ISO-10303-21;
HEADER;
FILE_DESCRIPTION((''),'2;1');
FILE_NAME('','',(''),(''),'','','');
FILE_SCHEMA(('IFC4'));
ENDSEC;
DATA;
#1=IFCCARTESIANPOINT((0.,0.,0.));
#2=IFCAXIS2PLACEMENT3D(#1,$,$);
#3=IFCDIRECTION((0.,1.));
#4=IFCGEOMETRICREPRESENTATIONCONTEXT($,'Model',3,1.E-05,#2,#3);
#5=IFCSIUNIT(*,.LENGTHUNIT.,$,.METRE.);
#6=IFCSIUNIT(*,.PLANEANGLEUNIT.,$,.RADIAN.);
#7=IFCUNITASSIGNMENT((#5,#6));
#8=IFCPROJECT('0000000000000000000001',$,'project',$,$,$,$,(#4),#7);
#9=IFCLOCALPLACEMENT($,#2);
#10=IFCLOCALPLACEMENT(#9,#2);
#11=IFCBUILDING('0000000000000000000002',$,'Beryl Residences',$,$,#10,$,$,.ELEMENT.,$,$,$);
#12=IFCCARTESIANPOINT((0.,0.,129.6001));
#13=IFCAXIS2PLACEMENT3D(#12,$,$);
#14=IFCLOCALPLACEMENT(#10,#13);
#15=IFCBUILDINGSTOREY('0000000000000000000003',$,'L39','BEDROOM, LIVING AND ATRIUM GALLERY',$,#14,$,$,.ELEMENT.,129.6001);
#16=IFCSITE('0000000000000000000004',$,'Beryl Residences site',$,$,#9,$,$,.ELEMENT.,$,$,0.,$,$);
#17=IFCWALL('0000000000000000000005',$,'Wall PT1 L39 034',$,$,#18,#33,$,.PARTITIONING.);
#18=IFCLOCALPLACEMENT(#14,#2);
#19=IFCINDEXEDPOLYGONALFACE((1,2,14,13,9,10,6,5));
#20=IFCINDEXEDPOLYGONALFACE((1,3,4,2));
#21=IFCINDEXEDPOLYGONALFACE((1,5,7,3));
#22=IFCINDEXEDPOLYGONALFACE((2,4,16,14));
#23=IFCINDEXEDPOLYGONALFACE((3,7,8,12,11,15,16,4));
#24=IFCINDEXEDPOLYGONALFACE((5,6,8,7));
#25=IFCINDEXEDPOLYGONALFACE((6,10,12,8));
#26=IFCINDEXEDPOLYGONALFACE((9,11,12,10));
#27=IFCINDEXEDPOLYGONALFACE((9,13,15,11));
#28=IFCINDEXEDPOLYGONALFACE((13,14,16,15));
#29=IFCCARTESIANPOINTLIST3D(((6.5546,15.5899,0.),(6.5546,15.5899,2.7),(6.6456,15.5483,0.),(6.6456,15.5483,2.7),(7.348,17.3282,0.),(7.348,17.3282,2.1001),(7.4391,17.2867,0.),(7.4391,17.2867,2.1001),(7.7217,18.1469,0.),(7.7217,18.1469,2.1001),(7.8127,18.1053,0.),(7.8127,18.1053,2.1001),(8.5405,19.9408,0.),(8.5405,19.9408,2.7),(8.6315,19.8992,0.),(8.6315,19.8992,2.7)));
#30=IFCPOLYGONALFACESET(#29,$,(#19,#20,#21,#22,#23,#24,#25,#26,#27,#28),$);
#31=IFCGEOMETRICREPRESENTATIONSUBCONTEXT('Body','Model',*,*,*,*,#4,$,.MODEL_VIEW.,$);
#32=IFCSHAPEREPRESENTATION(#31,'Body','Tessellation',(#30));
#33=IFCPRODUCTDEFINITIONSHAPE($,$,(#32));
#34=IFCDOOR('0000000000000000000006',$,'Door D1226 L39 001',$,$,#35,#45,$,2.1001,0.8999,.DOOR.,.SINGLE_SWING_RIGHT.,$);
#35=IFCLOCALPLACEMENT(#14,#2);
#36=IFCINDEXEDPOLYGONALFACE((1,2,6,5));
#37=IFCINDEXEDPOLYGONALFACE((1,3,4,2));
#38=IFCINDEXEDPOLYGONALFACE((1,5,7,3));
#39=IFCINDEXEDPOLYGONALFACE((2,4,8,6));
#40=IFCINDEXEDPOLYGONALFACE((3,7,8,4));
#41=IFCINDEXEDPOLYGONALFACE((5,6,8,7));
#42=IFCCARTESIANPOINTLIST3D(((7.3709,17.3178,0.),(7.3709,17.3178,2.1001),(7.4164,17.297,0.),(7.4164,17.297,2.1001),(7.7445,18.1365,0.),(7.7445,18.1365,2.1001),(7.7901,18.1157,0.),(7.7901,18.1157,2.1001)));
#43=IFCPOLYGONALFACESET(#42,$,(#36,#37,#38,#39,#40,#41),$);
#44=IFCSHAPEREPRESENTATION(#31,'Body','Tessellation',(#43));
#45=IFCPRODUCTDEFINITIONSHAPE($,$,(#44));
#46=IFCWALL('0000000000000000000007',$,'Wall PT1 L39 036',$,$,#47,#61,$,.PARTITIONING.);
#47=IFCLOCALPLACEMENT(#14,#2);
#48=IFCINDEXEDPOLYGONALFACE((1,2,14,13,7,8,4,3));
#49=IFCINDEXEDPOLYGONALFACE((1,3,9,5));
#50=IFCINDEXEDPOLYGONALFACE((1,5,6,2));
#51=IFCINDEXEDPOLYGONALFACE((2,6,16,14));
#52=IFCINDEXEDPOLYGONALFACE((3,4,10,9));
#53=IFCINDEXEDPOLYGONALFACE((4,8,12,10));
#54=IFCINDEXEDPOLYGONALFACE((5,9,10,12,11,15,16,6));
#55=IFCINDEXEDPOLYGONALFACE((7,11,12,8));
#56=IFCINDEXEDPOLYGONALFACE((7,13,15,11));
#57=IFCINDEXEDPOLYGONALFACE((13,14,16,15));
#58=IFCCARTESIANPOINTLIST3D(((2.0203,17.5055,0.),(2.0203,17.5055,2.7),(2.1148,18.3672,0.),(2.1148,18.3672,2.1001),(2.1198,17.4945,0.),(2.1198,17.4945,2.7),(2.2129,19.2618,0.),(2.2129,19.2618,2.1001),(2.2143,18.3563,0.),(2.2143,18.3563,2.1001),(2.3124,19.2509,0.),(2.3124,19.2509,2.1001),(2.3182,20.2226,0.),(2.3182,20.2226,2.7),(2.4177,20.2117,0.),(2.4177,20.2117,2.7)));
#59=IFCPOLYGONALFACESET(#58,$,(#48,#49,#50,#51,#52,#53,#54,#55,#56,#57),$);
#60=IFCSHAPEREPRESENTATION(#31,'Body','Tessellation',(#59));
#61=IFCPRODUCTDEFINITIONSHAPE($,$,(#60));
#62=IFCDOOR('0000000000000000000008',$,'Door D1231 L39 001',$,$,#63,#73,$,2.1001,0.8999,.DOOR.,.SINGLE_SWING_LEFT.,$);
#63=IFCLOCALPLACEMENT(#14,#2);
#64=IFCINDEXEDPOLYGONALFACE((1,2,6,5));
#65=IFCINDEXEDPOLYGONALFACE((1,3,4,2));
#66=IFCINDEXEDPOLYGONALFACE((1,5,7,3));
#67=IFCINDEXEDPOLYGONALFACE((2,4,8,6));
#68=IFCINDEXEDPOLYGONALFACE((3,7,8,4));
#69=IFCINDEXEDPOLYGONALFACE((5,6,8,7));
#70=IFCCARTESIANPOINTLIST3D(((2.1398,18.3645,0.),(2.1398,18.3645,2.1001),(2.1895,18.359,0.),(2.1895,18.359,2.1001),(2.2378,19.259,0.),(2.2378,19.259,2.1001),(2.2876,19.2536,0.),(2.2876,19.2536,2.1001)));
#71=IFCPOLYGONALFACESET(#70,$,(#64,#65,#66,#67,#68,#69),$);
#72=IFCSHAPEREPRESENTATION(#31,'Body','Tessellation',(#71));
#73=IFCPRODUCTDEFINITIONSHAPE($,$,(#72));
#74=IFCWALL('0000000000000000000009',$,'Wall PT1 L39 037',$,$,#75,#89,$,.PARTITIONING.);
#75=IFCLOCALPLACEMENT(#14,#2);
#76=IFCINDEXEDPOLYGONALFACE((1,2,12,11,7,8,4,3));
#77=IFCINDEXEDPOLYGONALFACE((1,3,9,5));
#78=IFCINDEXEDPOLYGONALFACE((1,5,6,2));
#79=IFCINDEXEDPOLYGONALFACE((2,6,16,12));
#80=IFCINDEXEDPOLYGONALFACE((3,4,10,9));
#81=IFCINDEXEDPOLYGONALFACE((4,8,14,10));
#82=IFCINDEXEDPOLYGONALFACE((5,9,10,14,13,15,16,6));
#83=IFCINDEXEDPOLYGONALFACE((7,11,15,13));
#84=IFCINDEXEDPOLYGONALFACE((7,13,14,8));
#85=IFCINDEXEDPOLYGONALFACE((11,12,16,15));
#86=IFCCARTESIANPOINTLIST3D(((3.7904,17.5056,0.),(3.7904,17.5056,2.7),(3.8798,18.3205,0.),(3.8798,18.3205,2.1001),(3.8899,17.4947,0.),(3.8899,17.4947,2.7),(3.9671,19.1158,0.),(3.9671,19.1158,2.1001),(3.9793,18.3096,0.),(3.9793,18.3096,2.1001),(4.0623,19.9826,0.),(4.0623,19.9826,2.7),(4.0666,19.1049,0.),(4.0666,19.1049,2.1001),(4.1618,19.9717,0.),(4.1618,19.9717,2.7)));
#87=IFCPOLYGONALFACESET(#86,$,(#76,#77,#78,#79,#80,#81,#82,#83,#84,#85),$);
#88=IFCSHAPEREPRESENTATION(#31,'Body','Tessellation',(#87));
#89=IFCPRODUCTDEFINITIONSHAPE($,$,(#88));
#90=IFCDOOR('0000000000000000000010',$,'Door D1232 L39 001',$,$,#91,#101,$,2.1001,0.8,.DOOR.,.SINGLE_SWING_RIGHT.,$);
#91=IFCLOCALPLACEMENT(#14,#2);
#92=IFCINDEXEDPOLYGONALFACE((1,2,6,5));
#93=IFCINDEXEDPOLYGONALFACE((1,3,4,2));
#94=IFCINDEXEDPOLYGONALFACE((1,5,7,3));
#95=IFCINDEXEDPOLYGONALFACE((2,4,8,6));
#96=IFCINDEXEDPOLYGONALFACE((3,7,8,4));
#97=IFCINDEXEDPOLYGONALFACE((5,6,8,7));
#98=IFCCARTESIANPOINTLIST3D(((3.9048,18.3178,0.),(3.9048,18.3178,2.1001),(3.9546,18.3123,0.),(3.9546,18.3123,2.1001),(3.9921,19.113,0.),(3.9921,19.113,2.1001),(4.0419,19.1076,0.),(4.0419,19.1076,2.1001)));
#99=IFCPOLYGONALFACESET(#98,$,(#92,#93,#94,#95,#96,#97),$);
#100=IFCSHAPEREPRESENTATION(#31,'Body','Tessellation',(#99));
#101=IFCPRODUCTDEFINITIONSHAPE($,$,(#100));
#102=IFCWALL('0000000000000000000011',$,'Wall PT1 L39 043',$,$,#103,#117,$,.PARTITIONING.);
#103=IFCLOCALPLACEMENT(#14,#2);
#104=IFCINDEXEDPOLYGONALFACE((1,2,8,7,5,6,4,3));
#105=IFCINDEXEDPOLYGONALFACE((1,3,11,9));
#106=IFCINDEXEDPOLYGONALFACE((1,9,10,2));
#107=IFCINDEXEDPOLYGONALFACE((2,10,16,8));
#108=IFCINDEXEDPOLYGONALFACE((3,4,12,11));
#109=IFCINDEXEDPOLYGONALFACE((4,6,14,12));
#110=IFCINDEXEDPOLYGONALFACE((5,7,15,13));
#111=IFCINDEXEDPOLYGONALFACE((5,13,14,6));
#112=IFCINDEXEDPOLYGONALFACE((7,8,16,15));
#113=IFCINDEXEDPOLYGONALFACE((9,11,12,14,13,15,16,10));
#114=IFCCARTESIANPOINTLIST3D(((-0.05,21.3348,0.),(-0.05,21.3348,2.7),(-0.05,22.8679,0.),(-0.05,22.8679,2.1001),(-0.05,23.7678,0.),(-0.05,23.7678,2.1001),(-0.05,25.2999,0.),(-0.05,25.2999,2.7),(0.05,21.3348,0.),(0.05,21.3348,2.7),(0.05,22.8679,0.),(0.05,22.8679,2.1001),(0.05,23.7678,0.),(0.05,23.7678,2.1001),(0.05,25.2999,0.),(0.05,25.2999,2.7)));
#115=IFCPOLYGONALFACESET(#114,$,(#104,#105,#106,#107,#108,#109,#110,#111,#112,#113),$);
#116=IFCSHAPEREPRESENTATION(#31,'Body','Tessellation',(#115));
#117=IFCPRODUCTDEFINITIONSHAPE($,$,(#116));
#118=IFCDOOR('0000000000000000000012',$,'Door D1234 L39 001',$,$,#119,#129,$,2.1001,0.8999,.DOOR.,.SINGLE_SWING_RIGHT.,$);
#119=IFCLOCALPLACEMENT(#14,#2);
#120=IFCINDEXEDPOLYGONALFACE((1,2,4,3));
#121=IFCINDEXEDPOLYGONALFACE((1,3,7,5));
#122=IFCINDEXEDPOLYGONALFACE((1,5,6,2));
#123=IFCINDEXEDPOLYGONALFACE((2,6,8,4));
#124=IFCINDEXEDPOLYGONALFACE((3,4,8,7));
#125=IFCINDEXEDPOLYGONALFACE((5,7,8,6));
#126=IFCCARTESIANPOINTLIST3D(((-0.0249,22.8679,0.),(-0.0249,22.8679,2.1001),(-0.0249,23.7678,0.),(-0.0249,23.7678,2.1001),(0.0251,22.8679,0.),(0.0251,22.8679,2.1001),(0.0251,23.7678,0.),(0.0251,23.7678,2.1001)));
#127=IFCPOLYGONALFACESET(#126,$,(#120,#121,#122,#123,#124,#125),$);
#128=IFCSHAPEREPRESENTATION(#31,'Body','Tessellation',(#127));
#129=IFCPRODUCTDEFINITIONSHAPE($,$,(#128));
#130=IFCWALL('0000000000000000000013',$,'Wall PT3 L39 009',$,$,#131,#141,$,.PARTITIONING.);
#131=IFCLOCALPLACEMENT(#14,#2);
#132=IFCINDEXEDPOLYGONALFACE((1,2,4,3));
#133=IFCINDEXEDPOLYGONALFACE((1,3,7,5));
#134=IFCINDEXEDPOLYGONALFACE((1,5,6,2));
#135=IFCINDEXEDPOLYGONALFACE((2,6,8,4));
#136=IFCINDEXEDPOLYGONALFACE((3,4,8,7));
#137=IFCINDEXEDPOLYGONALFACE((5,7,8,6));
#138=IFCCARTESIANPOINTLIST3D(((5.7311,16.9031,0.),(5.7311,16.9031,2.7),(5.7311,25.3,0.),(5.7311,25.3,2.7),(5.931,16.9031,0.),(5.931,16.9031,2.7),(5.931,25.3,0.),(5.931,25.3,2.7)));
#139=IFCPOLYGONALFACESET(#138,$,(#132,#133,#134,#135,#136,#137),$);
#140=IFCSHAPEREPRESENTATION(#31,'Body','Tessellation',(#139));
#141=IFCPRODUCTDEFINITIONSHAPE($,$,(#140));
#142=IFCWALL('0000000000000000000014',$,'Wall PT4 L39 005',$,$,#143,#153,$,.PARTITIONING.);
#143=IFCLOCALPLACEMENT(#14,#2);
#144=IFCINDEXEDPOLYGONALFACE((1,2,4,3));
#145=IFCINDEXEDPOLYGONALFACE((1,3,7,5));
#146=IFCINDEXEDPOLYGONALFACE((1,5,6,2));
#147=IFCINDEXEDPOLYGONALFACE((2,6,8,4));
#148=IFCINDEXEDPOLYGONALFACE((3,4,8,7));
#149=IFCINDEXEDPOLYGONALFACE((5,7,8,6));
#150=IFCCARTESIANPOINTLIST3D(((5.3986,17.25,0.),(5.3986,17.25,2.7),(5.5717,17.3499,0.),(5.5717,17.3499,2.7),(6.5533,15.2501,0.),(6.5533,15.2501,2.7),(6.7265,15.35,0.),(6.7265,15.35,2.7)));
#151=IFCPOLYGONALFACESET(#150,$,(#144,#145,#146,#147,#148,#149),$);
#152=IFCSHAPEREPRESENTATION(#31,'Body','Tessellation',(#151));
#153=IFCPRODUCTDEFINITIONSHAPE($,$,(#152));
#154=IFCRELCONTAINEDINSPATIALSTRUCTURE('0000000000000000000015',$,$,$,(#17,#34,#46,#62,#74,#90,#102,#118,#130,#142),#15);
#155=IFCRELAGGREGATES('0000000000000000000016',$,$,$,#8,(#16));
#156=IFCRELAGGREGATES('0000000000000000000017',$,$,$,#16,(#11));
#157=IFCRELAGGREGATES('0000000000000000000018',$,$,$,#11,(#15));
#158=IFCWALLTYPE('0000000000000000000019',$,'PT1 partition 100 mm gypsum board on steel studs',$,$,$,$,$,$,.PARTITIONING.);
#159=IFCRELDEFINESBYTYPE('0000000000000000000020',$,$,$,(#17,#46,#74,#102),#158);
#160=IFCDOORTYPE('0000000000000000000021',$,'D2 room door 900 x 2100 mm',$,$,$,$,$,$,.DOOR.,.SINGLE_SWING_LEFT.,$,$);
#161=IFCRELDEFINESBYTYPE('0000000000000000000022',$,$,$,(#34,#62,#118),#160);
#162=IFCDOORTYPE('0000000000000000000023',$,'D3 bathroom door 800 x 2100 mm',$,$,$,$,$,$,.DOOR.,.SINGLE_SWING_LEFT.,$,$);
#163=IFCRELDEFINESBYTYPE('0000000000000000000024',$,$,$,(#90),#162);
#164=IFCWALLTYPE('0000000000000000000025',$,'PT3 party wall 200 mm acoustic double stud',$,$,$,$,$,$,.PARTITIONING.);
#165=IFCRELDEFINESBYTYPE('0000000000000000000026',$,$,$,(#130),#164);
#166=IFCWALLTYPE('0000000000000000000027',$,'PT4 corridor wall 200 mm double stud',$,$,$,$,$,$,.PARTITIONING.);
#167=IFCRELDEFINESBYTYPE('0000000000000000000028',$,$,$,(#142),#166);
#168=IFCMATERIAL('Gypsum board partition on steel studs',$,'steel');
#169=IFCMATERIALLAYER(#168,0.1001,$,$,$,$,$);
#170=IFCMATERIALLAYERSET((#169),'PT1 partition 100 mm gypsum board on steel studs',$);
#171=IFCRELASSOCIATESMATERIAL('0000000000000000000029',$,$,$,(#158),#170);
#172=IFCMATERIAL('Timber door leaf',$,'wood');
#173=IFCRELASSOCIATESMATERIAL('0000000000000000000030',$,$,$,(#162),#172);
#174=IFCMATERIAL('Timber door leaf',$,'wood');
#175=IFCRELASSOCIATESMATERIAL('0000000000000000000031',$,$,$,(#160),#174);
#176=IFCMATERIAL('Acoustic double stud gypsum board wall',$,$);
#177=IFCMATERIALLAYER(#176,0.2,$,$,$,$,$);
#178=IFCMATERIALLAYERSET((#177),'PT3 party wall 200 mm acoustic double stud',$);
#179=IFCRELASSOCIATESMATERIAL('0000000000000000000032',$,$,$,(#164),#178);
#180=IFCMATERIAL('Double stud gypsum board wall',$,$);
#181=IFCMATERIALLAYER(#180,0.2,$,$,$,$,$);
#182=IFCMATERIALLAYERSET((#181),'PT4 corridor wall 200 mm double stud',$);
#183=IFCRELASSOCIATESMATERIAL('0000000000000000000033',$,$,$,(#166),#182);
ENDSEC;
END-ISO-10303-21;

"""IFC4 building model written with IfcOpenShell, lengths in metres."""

from ifc_helpers import new_model, si_unit, direction, frame, frame_2d, origin, place, context, subcontext, project, spatial, rectangle, extrude, material, layer, layer_set, type_object, element, fill, save


model = new_model("IFC4")

# Units and contexts
model_context = context("Model", 3, precision=1e-05, world=origin(), true_north=direction((0.0, 1.0)))
body_context = subcontext(model_context, "Body", "Model", "MODEL_VIEW")
ifc_project = project(units=[si_unit("LENGTHUNIT", "METRE"), si_unit("PLANEANGLEUNIT", "RADIAN")], contexts=[model_context])

# Site, building, storey
site_placement = place(None, origin())
site = spatial("IfcSite", under=ifc_project, at=site_placement, Name="Beryl Residences site", CompositionType="ELEMENT", RefElevation=0.0)
building_placement = place(site_placement, origin())
building = spatial("IfcBuilding", under=site, at=building_placement, Name="Beryl Residences", CompositionType="ELEMENT")
storey_placement = place(building_placement, frame((0.0, 0.0, 129.6001)))
storey = spatial("IfcBuildingStorey", under=building, at=storey_placement, Name="L39", Description="BEDROOM, LIVING AND ATRIUM GALLERY", CompositionType="ELEMENT", Elevation=129.6001)

# Shared definitions
ifc_material_1 = material(Name="Gypsum board partition on steel studs", Category="steel")
ifc_layer_1 = layer(ifc_material_1, 0.1001)
ifc_layer_set_1 = layer_set([ifc_layer_1], Name="PT1 partition 100 mm gypsum board on steel studs")
wall_type_1 = type_object("IfcWallType", Name="PT1 partition 100 mm gypsum board on steel studs", PredefinedType="PARTITIONING", material=ifc_layer_set_1)

# Shared definitions
ifc_material_2 = material(Name="Timber door leaf", Category="wood")
door_type_1 = type_object("IfcDoorType", Name="D3 bathroom door 800 x 2100 mm", OperationType="SINGLE_SWING_LEFT", PredefinedType="DOOR", material=ifc_material_2)

# Walls, openings, doors
wall_1_placement = place(storey_placement, frame((6.6001, 15.5691, 0.0), z_axis=(0.0, 0.0, 1.0), x_axis=(0.415222, 0.90972, 0.0)))
wall_1 = element("IfcWall", 1, at=wall_1_placement, inside=storey, type_object=wall_type_1, Name="Wall PT1 L39 034", PredefinedType="PARTITIONING", context=body_context, shape_type="SweptSolid", body=[
    extrude(rectangle(XDim=4.7827, YDim=0.1001, at=frame_2d((2.3914, 0.0))), origin(), (0.0, 0.0, 1.0), 2.7),
])
opening_1_placement = place(wall_1_placement, frame((1.9109, 0.0, 0.0)))
opening_1 = element("IfcOpeningElement", 2, at=opening_1_placement, cuts=wall_1, PredefinedType="OPENING", context=body_context, shape_type="SweptSolid", body=[
    extrude(rectangle(XDim=0.8999, YDim=2.1001, at=frame_2d((0.45, 1.05))), frame((0.0, 0.0601, 0.0), z_axis=(0.0, -1.0, 0.0), x_axis=(1.0, 0.0, 0.0)), (0.0, 0.0, 1.0), 0.1201),
])
ifc_material_3 = material(Name="Timber door leaf", Category="wood")
door_type_2 = type_object("IfcDoorType", Name="D2 room door 900 x 2100 mm", OperationType="SINGLE_SWING_LEFT", PredefinedType="DOOR", material=ifc_material_3)
door_1_placement = place(opening_1_placement, origin())
door_1 = element("IfcDoor", 3, at=door_1_placement, inside=storey, type_object=door_type_2, Name="Door D1226 L39 001", OperationType="SINGLE_SWING_RIGHT", OverallHeight=2.1001, OverallWidth=0.8999, PredefinedType="DOOR", context=body_context, shape_type="SweptSolid", body=[
    extrude(rectangle(XDim=0.8999, YDim=2.1001, at=frame_2d((0.45, 1.05))), frame((0.0, 0.0249, 0.0), z_axis=(0.0, -1.0, 0.0), x_axis=(1.0, 0.0, 0.0)), (0.0, 0.0, 1.0), 0.05),
])
fill(opening_1, door_1)
wall_2_placement = place(storey_placement, frame((2.0701, 17.5, 0.0), z_axis=(0.0, 0.0, 1.0), x_axis=(0.108971, 0.994045, 0.0)))
wall_2 = element("IfcWall", 4, at=wall_2_placement, inside=storey, type_object=wall_type_1, Name="Wall PT1 L39 036", PredefinedType="PARTITIONING", context=body_context, shape_type="SweptSolid", body=[
    extrude(rectangle(XDim=2.7334, YDim=0.1001, at=frame_2d((1.3667, 0.0))), origin(), (0.0, 0.0, 1.0), 2.7),
])
opening_2_placement = place(wall_2_placement, frame((0.8669, 0.0, 0.0)))
opening_2 = element("IfcOpeningElement", 5, at=opening_2_placement, cuts=wall_2, PredefinedType="OPENING", context=body_context, shape_type="SweptSolid", body=[
    extrude(rectangle(XDim=0.8999, YDim=2.1001, at=frame_2d((0.45, 1.05))), frame((0.0, 0.0601, 0.0), z_axis=(0.0, -1.0, 0.0), x_axis=(1.0, 0.0, 0.0)), (0.0, 0.0, 1.0), 0.1201),
])
door_2_placement = place(opening_2_placement, origin())
door_2 = element("IfcDoor", 6, at=door_2_placement, inside=storey, type_object=door_type_2, Name="Door D1231 L39 001", OperationType="SINGLE_SWING_LEFT", OverallHeight=2.1001, OverallWidth=0.8999, PredefinedType="DOOR", context=body_context, shape_type="SweptSolid", body=[
    extrude(rectangle(XDim=0.8999, YDim=2.1001, at=frame_2d((0.45, 1.05))), frame((0.0, 0.0249, 0.0), z_axis=(0.0, -1.0, 0.0), x_axis=(1.0, 0.0, 0.0)), (0.0, 0.0, 1.0), 0.05),
])
fill(opening_2, door_2)
wall_3_placement = place(storey_placement, frame((3.8401, 17.5, 0.0), z_axis=(0.0, 0.0, 1.0), x_axis=(0.109141, 0.994026, 0.0)))
wall_3 = element("IfcWall", 7, at=wall_3_placement, inside=storey, type_object=wall_type_1, Name="Wall PT1 L39 037", PredefinedType="PARTITIONING", context=body_context, shape_type="SweptSolid", body=[
    extrude(rectangle(XDim=2.4919, YDim=0.1001, at=frame_2d((1.2461, 0.0))), origin(), (0.0, 0.0, 1.0), 2.7),
])
opening_3_placement = place(wall_3_placement, frame((0.8201, 0.0, 0.0)))
opening_3 = element("IfcOpeningElement", 8, at=opening_3_placement, cuts=wall_3, PredefinedType="OPENING", context=body_context, shape_type="SweptSolid", body=[
    extrude(rectangle(XDim=0.8, YDim=2.1001, at=frame_2d((0.3999, 1.05))), frame((0.0, 0.0601, 0.0), z_axis=(0.0, -1.0, 0.0), x_axis=(1.0, 0.0, 0.0)), (0.0, 0.0, 1.0), 0.1201),
])
door_3_placement = place(opening_3_placement, origin())
door_3 = element("IfcDoor", 9, at=door_3_placement, inside=storey, type_object=door_type_1, Name="Door D1232 L39 001", OperationType="SINGLE_SWING_RIGHT", OverallHeight=2.1001, OverallWidth=0.8, PredefinedType="DOOR", context=body_context, shape_type="SweptSolid", body=[
    extrude(rectangle(XDim=0.8, YDim=2.1001, at=frame_2d((0.3999, 1.05))), frame((0.0, 0.0249, 0.0), z_axis=(0.0, -1.0, 0.0), x_axis=(1.0, 0.0, 0.0)), (0.0, 0.0, 1.0), 0.05),
])
fill(opening_3, door_3)
wall_4_placement = place(storey_placement, frame((0.0, 21.335, 0.0), z_axis=(0.0, 0.0, 1.0), x_axis=(0.0, 1.0, 0.0)))
wall_4 = element("IfcWall", 10, at=wall_4_placement, inside=storey, type_object=wall_type_1, Name="Wall PT1 L39 043", PredefinedType="PARTITIONING", context=body_context, shape_type="SweptSolid", body=[
    extrude(rectangle(XDim=3.9651, YDim=0.1001, at=frame_2d((1.9824, 0.0))), origin(), (0.0, 0.0, 1.0), 2.7),
])
opening_4_placement = place(wall_4_placement, frame((1.533, 0.0, 0.0)))
opening_4 = element("IfcOpeningElement", 11, at=opening_4_placement, cuts=wall_4, PredefinedType="OPENING", context=body_context, shape_type="SweptSolid", body=[
    extrude(rectangle(XDim=0.8999, YDim=2.1001, at=frame_2d((0.45, 1.05))), frame((0.0, 0.0601, 0.0), z_axis=(0.0, -1.0, 0.0), x_axis=(1.0, 0.0, 0.0)), (0.0, 0.0, 1.0), 0.1201),
])
door_4_placement = place(opening_4_placement, origin())
door_4 = element("IfcDoor", 12, at=door_4_placement, inside=storey, type_object=door_type_2, Name="Door D1234 L39 001", OperationType="SINGLE_SWING_RIGHT", OverallHeight=2.1001, OverallWidth=0.8999, PredefinedType="DOOR", context=body_context, shape_type="SweptSolid", body=[
    extrude(rectangle(XDim=0.8999, YDim=2.1001, at=frame_2d((0.45, 1.05))), frame((0.0, 0.0249, 0.0), z_axis=(0.0, -1.0, 0.0), x_axis=(1.0, 0.0, 0.0)), (0.0, 0.0, 1.0), 0.05),
])
fill(opening_4, door_4)

# Walls
ifc_material_4 = material(Name="Acoustic double stud gypsum board wall")
ifc_layer_2 = layer(ifc_material_4, 0.2)
ifc_layer_set_2 = layer_set([ifc_layer_2], Name="PT3 party wall 200 mm acoustic double stud")
wall_type_2 = type_object("IfcWallType", Name="PT3 party wall 200 mm acoustic double stud", PredefinedType="PARTITIONING", material=ifc_layer_set_2)
wall_5_placement = place(storey_placement, frame((5.8311, 16.9031, 0.0), z_axis=(0.0, 0.0, 1.0), x_axis=(0.0, 1.0, 0.0)))
element("IfcWall", 13, at=wall_5_placement, inside=storey, type_object=wall_type_2, Name="Wall PT3 L39 009", PredefinedType="PARTITIONING", context=body_context, shape_type="SweptSolid", body=[
    extrude(rectangle(XDim=8.397, YDim=0.2, at=frame_2d((4.1985, 0.0))), origin(), (0.0, 0.0, 1.0), 2.7),
])
ifc_material_5 = material(Name="Double stud gypsum board wall")
ifc_layer_3 = layer(ifc_material_5, 0.2)
ifc_layer_set_3 = layer_set([ifc_layer_3], Name="PT4 corridor wall 200 mm double stud")
wall_type_3 = type_object("IfcWallType", Name="PT4 corridor wall 200 mm double stud", PredefinedType="PARTITIONING", material=ifc_layer_set_3)
wall_6_placement = place(storey_placement, frame((5.4851, 17.3, 0.0), z_axis=(0.0, 0.0, 1.0), x_axis=(0.500027, -0.86601, 0.0)))
element("IfcWall", 14, at=wall_6_placement, inside=storey, type_object=wall_type_3, Name="Wall PT4 L39 005", PredefinedType="PARTITIONING", context=body_context, shape_type="SweptSolid", body=[
    extrude(rectangle(XDim=2.3093, YDim=0.2, at=frame_2d((1.1548, 0.0))), origin(), (0.0, 0.0, 1.0), 2.7),
])

save(model, "model.ifc")
